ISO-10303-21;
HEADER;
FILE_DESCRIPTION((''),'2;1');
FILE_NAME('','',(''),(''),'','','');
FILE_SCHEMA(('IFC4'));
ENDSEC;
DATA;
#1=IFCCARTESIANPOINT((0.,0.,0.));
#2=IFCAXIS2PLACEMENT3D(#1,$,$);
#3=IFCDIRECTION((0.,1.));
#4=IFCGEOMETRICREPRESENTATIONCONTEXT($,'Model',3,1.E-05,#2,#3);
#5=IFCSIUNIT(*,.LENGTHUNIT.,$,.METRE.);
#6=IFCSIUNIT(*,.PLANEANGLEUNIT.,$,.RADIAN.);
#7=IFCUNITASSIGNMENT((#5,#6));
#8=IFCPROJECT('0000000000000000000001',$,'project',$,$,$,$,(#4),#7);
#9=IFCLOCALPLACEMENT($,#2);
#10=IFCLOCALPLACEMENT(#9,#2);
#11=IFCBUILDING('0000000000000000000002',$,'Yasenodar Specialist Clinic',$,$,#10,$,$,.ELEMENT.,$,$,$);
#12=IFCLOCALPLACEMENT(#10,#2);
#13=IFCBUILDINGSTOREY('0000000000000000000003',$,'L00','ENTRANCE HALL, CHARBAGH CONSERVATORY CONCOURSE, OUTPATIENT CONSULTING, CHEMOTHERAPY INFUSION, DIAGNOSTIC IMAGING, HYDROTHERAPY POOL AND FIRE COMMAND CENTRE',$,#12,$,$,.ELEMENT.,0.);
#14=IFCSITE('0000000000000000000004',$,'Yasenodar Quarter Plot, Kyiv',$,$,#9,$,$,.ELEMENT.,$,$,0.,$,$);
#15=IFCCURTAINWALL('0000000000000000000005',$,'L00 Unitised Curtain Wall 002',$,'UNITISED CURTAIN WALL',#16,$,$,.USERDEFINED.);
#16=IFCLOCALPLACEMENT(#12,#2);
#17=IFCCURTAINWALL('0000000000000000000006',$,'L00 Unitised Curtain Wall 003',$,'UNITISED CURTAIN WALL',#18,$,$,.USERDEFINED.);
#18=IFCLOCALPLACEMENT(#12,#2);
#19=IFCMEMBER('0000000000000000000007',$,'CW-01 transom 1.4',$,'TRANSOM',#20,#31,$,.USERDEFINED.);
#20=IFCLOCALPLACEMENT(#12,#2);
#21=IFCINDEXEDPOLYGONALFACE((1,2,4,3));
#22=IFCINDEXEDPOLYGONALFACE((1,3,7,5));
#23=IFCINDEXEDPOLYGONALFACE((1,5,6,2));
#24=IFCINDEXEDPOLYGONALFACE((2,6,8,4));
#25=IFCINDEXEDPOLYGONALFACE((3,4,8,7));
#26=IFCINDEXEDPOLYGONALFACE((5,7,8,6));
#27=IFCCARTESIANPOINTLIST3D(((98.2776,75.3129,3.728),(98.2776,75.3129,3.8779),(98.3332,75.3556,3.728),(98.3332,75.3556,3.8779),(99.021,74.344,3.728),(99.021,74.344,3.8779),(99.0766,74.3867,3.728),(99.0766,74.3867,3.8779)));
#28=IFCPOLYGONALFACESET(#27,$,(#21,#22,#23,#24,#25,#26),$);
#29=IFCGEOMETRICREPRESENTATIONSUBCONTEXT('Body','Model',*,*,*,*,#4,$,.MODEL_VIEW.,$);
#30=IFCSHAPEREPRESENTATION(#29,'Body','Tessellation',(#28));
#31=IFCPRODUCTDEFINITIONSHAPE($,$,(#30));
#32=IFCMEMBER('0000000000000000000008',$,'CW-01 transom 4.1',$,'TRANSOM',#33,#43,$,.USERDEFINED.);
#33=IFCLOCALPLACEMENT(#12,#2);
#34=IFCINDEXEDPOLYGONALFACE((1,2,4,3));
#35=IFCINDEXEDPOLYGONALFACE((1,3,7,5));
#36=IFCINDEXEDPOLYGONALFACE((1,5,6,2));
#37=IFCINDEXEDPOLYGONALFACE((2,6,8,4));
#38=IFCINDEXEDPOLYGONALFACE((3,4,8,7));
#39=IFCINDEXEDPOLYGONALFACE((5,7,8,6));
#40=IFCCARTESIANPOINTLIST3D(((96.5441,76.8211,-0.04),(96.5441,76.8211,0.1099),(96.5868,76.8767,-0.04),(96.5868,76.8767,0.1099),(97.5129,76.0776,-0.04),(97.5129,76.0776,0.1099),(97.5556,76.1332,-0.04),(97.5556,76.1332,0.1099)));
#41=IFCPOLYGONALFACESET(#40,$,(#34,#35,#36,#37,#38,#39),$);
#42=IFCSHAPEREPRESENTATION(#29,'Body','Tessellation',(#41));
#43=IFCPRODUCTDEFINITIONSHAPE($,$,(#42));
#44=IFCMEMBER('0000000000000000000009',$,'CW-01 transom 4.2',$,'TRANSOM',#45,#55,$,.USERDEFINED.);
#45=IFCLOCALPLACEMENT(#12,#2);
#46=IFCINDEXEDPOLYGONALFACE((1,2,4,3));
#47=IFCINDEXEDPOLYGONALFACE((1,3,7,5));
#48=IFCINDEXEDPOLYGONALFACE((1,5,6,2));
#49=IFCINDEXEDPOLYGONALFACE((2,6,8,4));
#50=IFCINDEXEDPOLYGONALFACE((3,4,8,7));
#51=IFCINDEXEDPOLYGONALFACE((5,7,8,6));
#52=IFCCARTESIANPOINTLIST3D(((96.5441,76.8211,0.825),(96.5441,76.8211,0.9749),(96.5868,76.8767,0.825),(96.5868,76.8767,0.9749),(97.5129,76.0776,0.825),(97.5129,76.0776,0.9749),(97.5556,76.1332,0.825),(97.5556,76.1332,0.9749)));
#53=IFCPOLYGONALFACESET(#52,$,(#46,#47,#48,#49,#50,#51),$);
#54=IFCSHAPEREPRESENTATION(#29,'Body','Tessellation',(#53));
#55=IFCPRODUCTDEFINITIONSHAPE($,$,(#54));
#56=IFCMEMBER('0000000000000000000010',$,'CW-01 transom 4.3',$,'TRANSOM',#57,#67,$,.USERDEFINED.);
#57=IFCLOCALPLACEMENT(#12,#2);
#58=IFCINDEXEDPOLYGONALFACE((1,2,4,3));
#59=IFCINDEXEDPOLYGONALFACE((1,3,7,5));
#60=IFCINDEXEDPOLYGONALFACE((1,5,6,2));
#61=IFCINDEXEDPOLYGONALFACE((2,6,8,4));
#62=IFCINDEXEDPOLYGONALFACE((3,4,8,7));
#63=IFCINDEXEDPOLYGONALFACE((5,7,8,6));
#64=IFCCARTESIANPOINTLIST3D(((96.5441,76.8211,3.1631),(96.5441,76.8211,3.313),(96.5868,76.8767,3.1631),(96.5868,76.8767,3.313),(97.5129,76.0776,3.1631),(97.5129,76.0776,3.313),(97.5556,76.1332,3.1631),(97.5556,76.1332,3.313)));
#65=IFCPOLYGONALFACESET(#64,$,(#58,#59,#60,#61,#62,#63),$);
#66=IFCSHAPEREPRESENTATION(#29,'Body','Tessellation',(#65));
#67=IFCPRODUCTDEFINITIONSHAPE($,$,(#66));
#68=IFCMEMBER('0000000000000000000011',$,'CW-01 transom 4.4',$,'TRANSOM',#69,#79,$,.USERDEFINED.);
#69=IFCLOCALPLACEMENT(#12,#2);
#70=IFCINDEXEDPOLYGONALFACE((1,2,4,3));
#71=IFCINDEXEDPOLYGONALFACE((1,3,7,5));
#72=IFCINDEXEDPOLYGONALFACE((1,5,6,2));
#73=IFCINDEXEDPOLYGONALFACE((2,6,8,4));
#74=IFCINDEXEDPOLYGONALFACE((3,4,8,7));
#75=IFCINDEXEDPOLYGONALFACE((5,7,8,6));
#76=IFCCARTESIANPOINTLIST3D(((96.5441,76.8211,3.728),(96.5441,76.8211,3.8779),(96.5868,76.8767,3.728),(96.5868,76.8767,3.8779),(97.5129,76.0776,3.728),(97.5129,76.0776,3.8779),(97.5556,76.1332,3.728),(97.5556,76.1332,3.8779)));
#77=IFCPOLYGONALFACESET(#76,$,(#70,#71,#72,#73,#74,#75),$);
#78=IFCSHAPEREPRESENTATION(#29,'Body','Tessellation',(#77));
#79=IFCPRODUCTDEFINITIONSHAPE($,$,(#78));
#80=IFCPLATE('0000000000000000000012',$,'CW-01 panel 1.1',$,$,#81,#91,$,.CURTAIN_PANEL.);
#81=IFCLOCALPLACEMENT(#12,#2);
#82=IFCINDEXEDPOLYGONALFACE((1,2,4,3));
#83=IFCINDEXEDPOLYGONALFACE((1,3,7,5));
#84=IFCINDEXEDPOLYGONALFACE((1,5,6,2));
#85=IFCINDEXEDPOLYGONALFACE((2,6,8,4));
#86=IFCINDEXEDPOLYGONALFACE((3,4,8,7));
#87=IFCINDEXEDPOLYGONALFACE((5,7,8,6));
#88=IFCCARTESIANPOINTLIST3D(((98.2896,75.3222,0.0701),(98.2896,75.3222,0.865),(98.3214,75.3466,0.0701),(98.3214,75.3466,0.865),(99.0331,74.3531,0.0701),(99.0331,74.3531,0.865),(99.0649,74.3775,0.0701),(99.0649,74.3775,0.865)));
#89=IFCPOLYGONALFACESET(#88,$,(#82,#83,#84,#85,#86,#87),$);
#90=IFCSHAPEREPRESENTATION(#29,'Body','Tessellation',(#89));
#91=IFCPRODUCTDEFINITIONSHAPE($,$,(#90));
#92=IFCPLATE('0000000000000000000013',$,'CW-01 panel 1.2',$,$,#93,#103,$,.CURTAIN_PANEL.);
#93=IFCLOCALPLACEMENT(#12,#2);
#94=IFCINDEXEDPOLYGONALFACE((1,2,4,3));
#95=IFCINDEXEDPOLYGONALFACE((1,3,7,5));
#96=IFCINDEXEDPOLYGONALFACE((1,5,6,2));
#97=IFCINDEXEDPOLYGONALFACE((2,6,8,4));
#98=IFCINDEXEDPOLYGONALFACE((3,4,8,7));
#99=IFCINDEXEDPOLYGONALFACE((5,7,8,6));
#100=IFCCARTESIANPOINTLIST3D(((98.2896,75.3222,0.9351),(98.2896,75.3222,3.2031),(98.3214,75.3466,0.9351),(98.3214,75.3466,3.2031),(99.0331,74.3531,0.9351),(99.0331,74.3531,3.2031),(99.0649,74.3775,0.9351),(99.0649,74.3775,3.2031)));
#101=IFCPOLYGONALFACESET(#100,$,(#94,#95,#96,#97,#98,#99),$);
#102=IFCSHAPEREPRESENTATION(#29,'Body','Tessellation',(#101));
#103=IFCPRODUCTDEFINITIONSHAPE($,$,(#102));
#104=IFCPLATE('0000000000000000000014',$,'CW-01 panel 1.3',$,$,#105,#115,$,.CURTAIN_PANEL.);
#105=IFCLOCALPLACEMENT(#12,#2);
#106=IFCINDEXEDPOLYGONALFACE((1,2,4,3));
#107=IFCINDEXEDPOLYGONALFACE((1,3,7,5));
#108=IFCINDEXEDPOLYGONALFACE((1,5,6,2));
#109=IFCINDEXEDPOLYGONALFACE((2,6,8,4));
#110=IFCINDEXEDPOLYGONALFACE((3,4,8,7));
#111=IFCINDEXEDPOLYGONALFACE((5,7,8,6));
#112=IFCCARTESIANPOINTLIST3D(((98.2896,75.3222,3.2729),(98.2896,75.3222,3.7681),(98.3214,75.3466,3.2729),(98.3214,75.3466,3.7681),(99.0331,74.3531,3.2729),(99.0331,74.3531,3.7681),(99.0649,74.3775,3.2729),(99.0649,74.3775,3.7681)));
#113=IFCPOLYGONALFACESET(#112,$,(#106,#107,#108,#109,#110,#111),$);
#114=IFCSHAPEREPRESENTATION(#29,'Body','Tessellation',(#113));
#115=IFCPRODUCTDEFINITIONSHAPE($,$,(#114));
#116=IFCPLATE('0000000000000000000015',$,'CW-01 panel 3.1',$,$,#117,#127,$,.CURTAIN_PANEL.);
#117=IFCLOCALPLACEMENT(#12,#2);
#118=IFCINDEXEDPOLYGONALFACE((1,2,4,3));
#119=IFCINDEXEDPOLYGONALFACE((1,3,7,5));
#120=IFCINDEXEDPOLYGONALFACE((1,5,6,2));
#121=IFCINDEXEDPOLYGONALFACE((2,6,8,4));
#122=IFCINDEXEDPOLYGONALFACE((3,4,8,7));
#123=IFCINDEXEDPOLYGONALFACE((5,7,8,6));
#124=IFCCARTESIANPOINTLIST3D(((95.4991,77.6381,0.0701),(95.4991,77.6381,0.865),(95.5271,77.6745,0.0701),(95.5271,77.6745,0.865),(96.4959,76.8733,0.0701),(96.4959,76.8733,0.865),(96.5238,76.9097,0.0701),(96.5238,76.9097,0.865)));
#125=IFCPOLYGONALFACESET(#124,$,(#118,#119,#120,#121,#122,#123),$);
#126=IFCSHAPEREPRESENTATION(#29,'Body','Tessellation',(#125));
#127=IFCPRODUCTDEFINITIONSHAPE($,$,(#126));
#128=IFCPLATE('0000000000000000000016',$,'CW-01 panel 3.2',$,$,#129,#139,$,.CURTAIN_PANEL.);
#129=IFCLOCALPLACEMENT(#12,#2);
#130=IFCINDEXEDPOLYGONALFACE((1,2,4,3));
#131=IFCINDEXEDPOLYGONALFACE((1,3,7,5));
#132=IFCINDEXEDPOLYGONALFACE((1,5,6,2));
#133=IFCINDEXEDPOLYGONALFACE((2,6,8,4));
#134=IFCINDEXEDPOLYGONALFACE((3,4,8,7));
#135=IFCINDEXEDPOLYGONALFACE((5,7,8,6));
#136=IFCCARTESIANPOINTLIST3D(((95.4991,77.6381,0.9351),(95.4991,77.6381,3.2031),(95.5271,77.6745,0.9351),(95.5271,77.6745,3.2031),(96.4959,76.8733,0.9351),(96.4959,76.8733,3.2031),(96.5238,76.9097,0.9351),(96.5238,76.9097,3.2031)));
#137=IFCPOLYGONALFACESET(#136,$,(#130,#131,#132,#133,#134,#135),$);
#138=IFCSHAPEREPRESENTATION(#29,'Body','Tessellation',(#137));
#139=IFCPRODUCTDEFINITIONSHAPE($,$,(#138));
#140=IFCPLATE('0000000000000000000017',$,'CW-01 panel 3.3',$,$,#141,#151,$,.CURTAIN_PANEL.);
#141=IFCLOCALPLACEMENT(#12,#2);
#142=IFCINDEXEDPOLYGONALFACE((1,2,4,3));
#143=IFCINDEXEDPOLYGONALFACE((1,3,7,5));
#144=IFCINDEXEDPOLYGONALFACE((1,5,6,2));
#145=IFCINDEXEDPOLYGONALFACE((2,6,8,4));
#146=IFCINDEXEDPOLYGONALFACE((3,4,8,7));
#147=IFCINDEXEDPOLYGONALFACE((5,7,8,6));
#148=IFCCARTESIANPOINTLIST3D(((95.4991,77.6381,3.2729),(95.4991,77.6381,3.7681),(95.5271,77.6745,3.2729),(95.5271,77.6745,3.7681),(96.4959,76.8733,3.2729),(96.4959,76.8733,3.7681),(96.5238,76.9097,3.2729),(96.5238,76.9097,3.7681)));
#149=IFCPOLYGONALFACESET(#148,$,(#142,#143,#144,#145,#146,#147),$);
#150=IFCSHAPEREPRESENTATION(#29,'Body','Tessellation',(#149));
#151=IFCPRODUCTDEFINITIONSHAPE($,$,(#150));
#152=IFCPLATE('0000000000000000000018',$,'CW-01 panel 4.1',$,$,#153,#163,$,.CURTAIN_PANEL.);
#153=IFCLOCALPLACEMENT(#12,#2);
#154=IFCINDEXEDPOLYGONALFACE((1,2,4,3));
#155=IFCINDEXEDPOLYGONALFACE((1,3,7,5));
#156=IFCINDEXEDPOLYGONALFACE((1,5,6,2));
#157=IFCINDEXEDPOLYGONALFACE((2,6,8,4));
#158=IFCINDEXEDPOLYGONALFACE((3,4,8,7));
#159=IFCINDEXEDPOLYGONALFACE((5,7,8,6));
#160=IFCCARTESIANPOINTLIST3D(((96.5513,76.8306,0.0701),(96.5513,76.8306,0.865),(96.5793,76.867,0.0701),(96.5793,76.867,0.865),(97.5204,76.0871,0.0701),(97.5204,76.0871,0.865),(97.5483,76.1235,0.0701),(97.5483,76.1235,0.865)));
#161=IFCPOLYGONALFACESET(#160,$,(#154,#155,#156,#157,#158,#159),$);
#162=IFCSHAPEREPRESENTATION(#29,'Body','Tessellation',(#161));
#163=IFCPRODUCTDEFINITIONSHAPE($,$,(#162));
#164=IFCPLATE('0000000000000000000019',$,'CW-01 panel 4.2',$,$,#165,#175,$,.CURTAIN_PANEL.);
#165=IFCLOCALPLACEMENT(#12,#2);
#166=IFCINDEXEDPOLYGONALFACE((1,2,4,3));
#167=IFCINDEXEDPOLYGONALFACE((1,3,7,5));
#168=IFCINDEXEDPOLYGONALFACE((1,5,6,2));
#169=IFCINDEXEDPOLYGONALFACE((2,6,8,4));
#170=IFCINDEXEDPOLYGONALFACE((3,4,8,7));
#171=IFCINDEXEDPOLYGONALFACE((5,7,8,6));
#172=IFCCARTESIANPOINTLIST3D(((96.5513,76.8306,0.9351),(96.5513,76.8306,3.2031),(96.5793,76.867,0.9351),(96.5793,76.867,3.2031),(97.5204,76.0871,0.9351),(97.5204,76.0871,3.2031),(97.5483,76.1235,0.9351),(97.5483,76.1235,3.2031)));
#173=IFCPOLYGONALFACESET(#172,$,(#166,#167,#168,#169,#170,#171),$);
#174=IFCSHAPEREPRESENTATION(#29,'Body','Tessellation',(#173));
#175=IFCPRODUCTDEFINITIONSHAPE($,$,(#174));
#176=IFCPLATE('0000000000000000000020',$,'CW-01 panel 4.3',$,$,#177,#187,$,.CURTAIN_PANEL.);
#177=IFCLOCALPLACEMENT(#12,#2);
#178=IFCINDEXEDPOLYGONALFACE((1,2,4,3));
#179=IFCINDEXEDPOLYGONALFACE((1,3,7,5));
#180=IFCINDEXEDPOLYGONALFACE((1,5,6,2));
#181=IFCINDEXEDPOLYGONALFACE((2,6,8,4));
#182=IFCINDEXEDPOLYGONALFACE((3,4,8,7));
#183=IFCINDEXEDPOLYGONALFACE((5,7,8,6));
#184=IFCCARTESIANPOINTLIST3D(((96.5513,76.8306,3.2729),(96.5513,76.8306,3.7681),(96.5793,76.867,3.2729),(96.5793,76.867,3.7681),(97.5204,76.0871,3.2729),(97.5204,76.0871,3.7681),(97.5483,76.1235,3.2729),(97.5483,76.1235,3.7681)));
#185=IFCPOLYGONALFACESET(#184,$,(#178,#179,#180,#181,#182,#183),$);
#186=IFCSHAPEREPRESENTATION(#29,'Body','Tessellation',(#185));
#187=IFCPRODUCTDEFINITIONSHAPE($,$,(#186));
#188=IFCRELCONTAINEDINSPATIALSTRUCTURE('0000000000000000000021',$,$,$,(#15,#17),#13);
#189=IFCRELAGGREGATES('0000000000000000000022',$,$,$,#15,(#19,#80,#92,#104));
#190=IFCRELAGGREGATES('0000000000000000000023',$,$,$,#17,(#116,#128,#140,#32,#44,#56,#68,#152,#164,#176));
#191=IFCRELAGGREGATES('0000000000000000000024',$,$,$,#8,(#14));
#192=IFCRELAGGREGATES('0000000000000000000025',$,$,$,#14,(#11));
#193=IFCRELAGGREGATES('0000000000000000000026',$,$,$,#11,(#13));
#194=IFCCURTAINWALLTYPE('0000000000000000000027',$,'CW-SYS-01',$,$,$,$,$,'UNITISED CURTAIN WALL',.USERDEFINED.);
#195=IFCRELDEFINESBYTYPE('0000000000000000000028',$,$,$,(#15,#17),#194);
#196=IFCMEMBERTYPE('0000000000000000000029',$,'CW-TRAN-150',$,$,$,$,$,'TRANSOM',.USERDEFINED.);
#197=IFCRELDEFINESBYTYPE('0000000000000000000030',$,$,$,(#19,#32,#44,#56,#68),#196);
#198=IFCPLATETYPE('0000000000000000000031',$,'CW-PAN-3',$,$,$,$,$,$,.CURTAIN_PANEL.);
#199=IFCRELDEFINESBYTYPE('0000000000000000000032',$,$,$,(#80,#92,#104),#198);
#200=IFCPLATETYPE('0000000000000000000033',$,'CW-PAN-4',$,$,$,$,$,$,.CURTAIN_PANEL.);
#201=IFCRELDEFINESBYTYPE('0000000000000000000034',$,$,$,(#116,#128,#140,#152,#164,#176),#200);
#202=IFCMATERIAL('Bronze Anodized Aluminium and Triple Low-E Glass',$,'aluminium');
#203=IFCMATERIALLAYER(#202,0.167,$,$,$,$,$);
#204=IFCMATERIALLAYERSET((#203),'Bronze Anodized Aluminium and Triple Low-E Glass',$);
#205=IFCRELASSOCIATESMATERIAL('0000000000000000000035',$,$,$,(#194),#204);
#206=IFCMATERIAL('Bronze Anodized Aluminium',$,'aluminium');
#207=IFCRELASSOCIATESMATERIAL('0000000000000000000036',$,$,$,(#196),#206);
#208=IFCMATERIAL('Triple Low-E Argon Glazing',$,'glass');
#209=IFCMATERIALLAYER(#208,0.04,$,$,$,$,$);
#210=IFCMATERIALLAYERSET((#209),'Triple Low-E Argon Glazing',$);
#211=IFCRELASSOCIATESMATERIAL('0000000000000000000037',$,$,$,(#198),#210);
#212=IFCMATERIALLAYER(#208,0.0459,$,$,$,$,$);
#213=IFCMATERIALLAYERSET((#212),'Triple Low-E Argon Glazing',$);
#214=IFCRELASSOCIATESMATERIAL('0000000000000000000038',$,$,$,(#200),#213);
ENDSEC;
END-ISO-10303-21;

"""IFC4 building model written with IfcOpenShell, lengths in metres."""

from ifc_helpers import new_model, si_unit, direction, frame, origin, origin_2d, place, context, subcontext, project, spatial, rectangle, extrude, material, layer, layer_set, material_profile, profile_set, type_object, element, aggregate, save


model = new_model("IFC4")

# Units and contexts
model_context = context("Model", 3, precision=1e-05, world=origin(), true_north=direction((0.0, 1.0)))
body_context = subcontext(model_context, "Body", "Model", "MODEL_VIEW")
ifc_project = project(units=[si_unit("LENGTHUNIT", "METRE"), si_unit("PLANEANGLEUNIT", "RADIAN")], contexts=[model_context])

# Site, building, storey
site_placement = place(None, origin())
site = spatial("IfcSite", under=ifc_project, at=site_placement, Name="Yasenodar Quarter Plot, Kyiv", CompositionType="ELEMENT", RefElevation=0.0)
building_placement = place(site_placement, origin())
building = spatial("IfcBuilding", under=site, at=building_placement, Name="Yasenodar Specialist Clinic", CompositionType="ELEMENT")
storey_placement = place(building_placement, origin())
storey = spatial("IfcBuildingStorey", under=building, at=storey_placement, Name="L00", Description="ENTRANCE HALL, CHARBAGH CONSERVATORY CONCOURSE, OUTPATIENT CONSULTING, CHEMOTHERAPY INFUSION, DIAGNOSTIC IMAGING, HYDROTHERAPY POOL AND FIRE COMMAND CENTRE", CompositionType="ELEMENT", Elevation=0.0)

# Curtain wall
ifc_material_1 = material(Name="Bronze Anodized Aluminium and Triple Low-E Glass", Category="aluminium")
ifc_layer_1 = layer(ifc_material_1, 0.167)
ifc_layer_set_1 = layer_set([ifc_layer_1], Name="Bronze Anodized Aluminium and Triple Low-E Glass")
curtain_wall_type = type_object("IfcCurtainWallType", Name="CW-SYS-01", ElementType="UNITISED CURTAIN WALL", PredefinedType="USERDEFINED", material=ifc_layer_set_1)
curtain_wall_1_placement = place(storey_placement, origin())
curtain_wall_1 = element("IfcCurtainWall", 1, at=curtain_wall_1_placement, inside=storey, type_object=curtain_wall_type, Name="L00 Unitised Curtain Wall 002", ObjectType="UNITISED CURTAIN WALL", PredefinedType="USERDEFINED")
ifc_material_2 = material(Name="Bronze Anodized Aluminium", Category="aluminium")

# Curtain wall
curtain_wall_2_placement = place(storey_placement, origin())
curtain_wall_2 = element("IfcCurtainWall", 2, at=curtain_wall_2_placement, inside=storey, type_object=curtain_wall_type, Name="L00 Unitised Curtain Wall 003", ObjectType="UNITISED CURTAIN WALL", PredefinedType="USERDEFINED")

# Members
ifc_material_profile_1 = material_profile(ifc_material_2, rectangle(XDim=0.0701, YDim=0.1499, at=origin_2d()), Name="CW-TRAN 70x150")
ifc_profile_set_1 = profile_set([ifc_material_profile_1], Name="Bronze Anodized Aluminium")
member_type_1 = type_object("IfcMemberType", Name="CW-TRAN-150", ElementType="TRANSOM", PredefinedType="USERDEFINED", material=ifc_profile_set_1)
member_1_placement = place(storey_placement, frame((98.3054, 75.3342, 3.803), z_axis=(0.608696, -0.793404, 0.0), x_axis=(0.793404, 0.608696, 0.0)))
member_1 = element("IfcMember", 3, at=member_1_placement, type_object=member_type_1, Name="CW-01 transom 1.4", ObjectType="TRANSOM", PredefinedType="USERDEFINED", context=body_context, shape_type="SweptSolid", body=[
    extrude(rectangle(XDim=0.0701, YDim=0.1499, at=origin_2d()), origin(), (0.0, 0.0, 1.0), 1.2212),
])
member_2_placement = place(storey_placement, frame((96.5654, 76.8489, 0.0349), z_axis=(0.79333, -0.608792, 0.0), x_axis=(0.608792, 0.79333, 0.0)))
member_2 = element("IfcMember", 4, at=member_2_placement, type_object=member_type_1, Name="CW-01 transom 4.1", ObjectType="TRANSOM", PredefinedType="USERDEFINED", context=body_context, shape_type="SweptSolid", body=[
    extrude(rectangle(XDim=0.0701, YDim=0.1499, at=origin_2d()), origin(), (0.0, 0.0, 1.0), 1.2212),
])
member_3_placement = place(storey_placement, frame((96.5654, 76.8489, 0.8999), z_axis=(0.79333, -0.608792, 0.0), x_axis=(0.608792, 0.79333, 0.0)))
member_3 = element("IfcMember", 5, at=member_3_placement, type_object=member_type_1, Name="CW-01 transom 4.2", ObjectType="TRANSOM", PredefinedType="USERDEFINED", context=body_context, shape_type="SweptSolid", body=[
    extrude(rectangle(XDim=0.0701, YDim=0.1499, at=origin_2d()), origin(), (0.0, 0.0, 1.0), 1.2212),
])
member_4_placement = place(storey_placement, frame((96.5654, 76.8489, 3.238), z_axis=(0.79333, -0.608792, 0.0), x_axis=(0.608792, 0.79333, 0.0)))
member_4 = element("IfcMember", 6, at=member_4_placement, type_object=member_type_1, Name="CW-01 transom 4.3", ObjectType="TRANSOM", PredefinedType="USERDEFINED", context=body_context, shape_type="SweptSolid", body=[
    extrude(rectangle(XDim=0.0701, YDim=0.1499, at=origin_2d()), origin(), (0.0, 0.0, 1.0), 1.2212),
])
member_5_placement = place(storey_placement, frame((96.5654, 76.8489, 3.803), z_axis=(0.79333, -0.608792, 0.0), x_axis=(0.608792, 0.79333, 0.0)))
member_5 = element("IfcMember", 7, at=member_5_placement, type_object=member_type_1, Name="CW-01 transom 4.4", ObjectType="TRANSOM", PredefinedType="USERDEFINED", context=body_context, shape_type="SweptSolid", body=[
    extrude(rectangle(XDim=0.0701, YDim=0.1499, at=origin_2d()), origin(), (0.0, 0.0, 1.0), 1.2212),
])

# Plates
ifc_material_3 = material(Name="Triple Low-E Argon Glazing", Category="glass")
ifc_layer_2 = layer(ifc_material_3, 0.04)
ifc_layer_set_2 = layer_set([ifc_layer_2], Name="Triple Low-E Argon Glazing")
plate_type_1 = type_object("IfcPlateType", Name="CW-PAN-3", PredefinedType="CURTAIN_PANEL", material=ifc_layer_set_2)
plate_1_placement = place(storey_placement, frame((98.6772, 74.8499, 0.0701), z_axis=(0.0, 0.0, 1.0), x_axis=(0.608752, -0.793361, 0.0)))
plate_1 = element("IfcPlate", 8, at=plate_1_placement, type_object=plate_type_1, Name="CW-01 panel 1.1", PredefinedType="CURTAIN_PANEL", context=body_context, shape_type="SweptSolid", body=[
    extrude(rectangle(XDim=1.2214, YDim=0.04, at=origin_2d()), origin(), (0.0, 0.0, 1.0), 0.7949),
])
plate_2_placement = place(storey_placement, frame((98.6772, 74.8499, 0.9351), z_axis=(0.0, 0.0, 1.0), x_axis=(0.608752, -0.793361, 0.0)))
plate_2 = element("IfcPlate", 9, at=plate_2_placement, type_object=plate_type_1, Name="CW-01 panel 1.2", PredefinedType="CURTAIN_PANEL", context=body_context, shape_type="SweptSolid", body=[
    extrude(rectangle(XDim=1.2214, YDim=0.04, at=origin_2d()), origin(), (0.0, 0.0, 1.0), 2.2681),
])
plate_3_placement = place(storey_placement, frame((98.6772, 74.8499, 3.2729), z_axis=(0.0, 0.0, 1.0), x_axis=(0.608752, -0.793361, 0.0)))
plate_3 = element("IfcPlate", 10, at=plate_3_placement, type_object=plate_type_1, Name="CW-01 panel 1.3", PredefinedType="CURTAIN_PANEL", context=body_context, shape_type="SweptSolid", body=[
    extrude(rectangle(XDim=1.2214, YDim=0.04, at=origin_2d()), origin(), (0.0, 0.0, 1.0), 0.4951),
])
aggregate(curtain_wall_1, [member_1, plate_1, plate_2, plate_3])
ifc_layer_3 = layer(ifc_material_3, 0.0459)
ifc_layer_set_3 = layer_set([ifc_layer_3], Name="Triple Low-E Argon Glazing")
plate_type_2 = type_object("IfcPlateType", Name="CW-PAN-4", PredefinedType="CURTAIN_PANEL", material=ifc_layer_set_3)
plate_4_placement = place(storey_placement, frame((96.0115, 77.2739, 0.0701), z_axis=(0.0, 0.0, 1.0), x_axis=(0.793361, -0.608752, 0.0)))
plate_4 = element("IfcPlate", 11, at=plate_4_placement, type_object=plate_type_2, Name="CW-01 panel 3.1", PredefinedType="CURTAIN_PANEL", context=body_context, shape_type="SweptSolid", body=[
    extrude(rectangle(XDim=1.2563, YDim=0.0459, at=origin_2d()), origin(), (0.0, 0.0, 1.0), 0.7949),
])
plate_5_placement = place(storey_placement, frame((96.0115, 77.2739, 0.9351), z_axis=(0.0, 0.0, 1.0), x_axis=(0.793361, -0.608752, 0.0)))
plate_5 = element("IfcPlate", 12, at=plate_5_placement, type_object=plate_type_2, Name="CW-01 panel 3.2", PredefinedType="CURTAIN_PANEL", context=body_context, shape_type="SweptSolid", body=[
    extrude(rectangle(XDim=1.2563, YDim=0.0459, at=origin_2d()), origin(), (0.0, 0.0, 1.0), 2.2681),
])
plate_6_placement = place(storey_placement, frame((96.0115, 77.2739, 3.2729), z_axis=(0.0, 0.0, 1.0), x_axis=(0.793361, -0.608752, 0.0)))
plate_6 = element("IfcPlate", 13, at=plate_6_placement, type_object=plate_type_2, Name="CW-01 panel 3.3", PredefinedType="CURTAIN_PANEL", context=body_context, shape_type="SweptSolid", body=[
    extrude(rectangle(XDim=1.2563, YDim=0.0459, at=origin_2d()), origin(), (0.0, 0.0, 1.0), 0.4951),
])
plate_7_placement = place(storey_placement, frame((97.0498, 76.4771, 0.0701), z_axis=(0.0, 0.0, 1.0), x_axis=(0.793361, -0.608752, 0.0)))
plate_7 = element("IfcPlate", 14, at=plate_7_placement, type_object=plate_type_2, Name="CW-01 panel 4.1", PredefinedType="CURTAIN_PANEL", context=body_context, shape_type="SweptSolid", body=[
    extrude(rectangle(XDim=1.2214, YDim=0.0459, at=origin_2d()), origin(), (0.0, 0.0, 1.0), 0.7949),
])
plate_8_placement = place(storey_placement, frame((97.0498, 76.4771, 0.9351), z_axis=(0.0, 0.0, 1.0), x_axis=(0.793361, -0.608752, 0.0)))
plate_8 = element("IfcPlate", 15, at=plate_8_placement, type_object=plate_type_2, Name="CW-01 panel 4.2", PredefinedType="CURTAIN_PANEL", context=body_context, shape_type="SweptSolid", body=[
    extrude(rectangle(XDim=1.2214, YDim=0.0459, at=origin_2d()), origin(), (0.0, 0.0, 1.0), 2.2681),
])
plate_9_placement = place(storey_placement, frame((97.0498, 76.4771, 3.2729), z_axis=(0.0, 0.0, 1.0), x_axis=(0.793361, -0.608752, 0.0)))
plate_9 = element("IfcPlate", 16, at=plate_9_placement, type_object=plate_type_2, Name="CW-01 panel 4.3", PredefinedType="CURTAIN_PANEL", context=body_context, shape_type="SweptSolid", body=[
    extrude(rectangle(XDim=1.2214, YDim=0.0459, at=origin_2d()), origin(), (0.0, 0.0, 1.0), 0.4951),
])
aggregate(curtain_wall_2, [plate_4, plate_5, plate_6, member_2, member_3, member_4, member_5, plate_7, plate_8, plate_9])

save(model, "model.ifc")
